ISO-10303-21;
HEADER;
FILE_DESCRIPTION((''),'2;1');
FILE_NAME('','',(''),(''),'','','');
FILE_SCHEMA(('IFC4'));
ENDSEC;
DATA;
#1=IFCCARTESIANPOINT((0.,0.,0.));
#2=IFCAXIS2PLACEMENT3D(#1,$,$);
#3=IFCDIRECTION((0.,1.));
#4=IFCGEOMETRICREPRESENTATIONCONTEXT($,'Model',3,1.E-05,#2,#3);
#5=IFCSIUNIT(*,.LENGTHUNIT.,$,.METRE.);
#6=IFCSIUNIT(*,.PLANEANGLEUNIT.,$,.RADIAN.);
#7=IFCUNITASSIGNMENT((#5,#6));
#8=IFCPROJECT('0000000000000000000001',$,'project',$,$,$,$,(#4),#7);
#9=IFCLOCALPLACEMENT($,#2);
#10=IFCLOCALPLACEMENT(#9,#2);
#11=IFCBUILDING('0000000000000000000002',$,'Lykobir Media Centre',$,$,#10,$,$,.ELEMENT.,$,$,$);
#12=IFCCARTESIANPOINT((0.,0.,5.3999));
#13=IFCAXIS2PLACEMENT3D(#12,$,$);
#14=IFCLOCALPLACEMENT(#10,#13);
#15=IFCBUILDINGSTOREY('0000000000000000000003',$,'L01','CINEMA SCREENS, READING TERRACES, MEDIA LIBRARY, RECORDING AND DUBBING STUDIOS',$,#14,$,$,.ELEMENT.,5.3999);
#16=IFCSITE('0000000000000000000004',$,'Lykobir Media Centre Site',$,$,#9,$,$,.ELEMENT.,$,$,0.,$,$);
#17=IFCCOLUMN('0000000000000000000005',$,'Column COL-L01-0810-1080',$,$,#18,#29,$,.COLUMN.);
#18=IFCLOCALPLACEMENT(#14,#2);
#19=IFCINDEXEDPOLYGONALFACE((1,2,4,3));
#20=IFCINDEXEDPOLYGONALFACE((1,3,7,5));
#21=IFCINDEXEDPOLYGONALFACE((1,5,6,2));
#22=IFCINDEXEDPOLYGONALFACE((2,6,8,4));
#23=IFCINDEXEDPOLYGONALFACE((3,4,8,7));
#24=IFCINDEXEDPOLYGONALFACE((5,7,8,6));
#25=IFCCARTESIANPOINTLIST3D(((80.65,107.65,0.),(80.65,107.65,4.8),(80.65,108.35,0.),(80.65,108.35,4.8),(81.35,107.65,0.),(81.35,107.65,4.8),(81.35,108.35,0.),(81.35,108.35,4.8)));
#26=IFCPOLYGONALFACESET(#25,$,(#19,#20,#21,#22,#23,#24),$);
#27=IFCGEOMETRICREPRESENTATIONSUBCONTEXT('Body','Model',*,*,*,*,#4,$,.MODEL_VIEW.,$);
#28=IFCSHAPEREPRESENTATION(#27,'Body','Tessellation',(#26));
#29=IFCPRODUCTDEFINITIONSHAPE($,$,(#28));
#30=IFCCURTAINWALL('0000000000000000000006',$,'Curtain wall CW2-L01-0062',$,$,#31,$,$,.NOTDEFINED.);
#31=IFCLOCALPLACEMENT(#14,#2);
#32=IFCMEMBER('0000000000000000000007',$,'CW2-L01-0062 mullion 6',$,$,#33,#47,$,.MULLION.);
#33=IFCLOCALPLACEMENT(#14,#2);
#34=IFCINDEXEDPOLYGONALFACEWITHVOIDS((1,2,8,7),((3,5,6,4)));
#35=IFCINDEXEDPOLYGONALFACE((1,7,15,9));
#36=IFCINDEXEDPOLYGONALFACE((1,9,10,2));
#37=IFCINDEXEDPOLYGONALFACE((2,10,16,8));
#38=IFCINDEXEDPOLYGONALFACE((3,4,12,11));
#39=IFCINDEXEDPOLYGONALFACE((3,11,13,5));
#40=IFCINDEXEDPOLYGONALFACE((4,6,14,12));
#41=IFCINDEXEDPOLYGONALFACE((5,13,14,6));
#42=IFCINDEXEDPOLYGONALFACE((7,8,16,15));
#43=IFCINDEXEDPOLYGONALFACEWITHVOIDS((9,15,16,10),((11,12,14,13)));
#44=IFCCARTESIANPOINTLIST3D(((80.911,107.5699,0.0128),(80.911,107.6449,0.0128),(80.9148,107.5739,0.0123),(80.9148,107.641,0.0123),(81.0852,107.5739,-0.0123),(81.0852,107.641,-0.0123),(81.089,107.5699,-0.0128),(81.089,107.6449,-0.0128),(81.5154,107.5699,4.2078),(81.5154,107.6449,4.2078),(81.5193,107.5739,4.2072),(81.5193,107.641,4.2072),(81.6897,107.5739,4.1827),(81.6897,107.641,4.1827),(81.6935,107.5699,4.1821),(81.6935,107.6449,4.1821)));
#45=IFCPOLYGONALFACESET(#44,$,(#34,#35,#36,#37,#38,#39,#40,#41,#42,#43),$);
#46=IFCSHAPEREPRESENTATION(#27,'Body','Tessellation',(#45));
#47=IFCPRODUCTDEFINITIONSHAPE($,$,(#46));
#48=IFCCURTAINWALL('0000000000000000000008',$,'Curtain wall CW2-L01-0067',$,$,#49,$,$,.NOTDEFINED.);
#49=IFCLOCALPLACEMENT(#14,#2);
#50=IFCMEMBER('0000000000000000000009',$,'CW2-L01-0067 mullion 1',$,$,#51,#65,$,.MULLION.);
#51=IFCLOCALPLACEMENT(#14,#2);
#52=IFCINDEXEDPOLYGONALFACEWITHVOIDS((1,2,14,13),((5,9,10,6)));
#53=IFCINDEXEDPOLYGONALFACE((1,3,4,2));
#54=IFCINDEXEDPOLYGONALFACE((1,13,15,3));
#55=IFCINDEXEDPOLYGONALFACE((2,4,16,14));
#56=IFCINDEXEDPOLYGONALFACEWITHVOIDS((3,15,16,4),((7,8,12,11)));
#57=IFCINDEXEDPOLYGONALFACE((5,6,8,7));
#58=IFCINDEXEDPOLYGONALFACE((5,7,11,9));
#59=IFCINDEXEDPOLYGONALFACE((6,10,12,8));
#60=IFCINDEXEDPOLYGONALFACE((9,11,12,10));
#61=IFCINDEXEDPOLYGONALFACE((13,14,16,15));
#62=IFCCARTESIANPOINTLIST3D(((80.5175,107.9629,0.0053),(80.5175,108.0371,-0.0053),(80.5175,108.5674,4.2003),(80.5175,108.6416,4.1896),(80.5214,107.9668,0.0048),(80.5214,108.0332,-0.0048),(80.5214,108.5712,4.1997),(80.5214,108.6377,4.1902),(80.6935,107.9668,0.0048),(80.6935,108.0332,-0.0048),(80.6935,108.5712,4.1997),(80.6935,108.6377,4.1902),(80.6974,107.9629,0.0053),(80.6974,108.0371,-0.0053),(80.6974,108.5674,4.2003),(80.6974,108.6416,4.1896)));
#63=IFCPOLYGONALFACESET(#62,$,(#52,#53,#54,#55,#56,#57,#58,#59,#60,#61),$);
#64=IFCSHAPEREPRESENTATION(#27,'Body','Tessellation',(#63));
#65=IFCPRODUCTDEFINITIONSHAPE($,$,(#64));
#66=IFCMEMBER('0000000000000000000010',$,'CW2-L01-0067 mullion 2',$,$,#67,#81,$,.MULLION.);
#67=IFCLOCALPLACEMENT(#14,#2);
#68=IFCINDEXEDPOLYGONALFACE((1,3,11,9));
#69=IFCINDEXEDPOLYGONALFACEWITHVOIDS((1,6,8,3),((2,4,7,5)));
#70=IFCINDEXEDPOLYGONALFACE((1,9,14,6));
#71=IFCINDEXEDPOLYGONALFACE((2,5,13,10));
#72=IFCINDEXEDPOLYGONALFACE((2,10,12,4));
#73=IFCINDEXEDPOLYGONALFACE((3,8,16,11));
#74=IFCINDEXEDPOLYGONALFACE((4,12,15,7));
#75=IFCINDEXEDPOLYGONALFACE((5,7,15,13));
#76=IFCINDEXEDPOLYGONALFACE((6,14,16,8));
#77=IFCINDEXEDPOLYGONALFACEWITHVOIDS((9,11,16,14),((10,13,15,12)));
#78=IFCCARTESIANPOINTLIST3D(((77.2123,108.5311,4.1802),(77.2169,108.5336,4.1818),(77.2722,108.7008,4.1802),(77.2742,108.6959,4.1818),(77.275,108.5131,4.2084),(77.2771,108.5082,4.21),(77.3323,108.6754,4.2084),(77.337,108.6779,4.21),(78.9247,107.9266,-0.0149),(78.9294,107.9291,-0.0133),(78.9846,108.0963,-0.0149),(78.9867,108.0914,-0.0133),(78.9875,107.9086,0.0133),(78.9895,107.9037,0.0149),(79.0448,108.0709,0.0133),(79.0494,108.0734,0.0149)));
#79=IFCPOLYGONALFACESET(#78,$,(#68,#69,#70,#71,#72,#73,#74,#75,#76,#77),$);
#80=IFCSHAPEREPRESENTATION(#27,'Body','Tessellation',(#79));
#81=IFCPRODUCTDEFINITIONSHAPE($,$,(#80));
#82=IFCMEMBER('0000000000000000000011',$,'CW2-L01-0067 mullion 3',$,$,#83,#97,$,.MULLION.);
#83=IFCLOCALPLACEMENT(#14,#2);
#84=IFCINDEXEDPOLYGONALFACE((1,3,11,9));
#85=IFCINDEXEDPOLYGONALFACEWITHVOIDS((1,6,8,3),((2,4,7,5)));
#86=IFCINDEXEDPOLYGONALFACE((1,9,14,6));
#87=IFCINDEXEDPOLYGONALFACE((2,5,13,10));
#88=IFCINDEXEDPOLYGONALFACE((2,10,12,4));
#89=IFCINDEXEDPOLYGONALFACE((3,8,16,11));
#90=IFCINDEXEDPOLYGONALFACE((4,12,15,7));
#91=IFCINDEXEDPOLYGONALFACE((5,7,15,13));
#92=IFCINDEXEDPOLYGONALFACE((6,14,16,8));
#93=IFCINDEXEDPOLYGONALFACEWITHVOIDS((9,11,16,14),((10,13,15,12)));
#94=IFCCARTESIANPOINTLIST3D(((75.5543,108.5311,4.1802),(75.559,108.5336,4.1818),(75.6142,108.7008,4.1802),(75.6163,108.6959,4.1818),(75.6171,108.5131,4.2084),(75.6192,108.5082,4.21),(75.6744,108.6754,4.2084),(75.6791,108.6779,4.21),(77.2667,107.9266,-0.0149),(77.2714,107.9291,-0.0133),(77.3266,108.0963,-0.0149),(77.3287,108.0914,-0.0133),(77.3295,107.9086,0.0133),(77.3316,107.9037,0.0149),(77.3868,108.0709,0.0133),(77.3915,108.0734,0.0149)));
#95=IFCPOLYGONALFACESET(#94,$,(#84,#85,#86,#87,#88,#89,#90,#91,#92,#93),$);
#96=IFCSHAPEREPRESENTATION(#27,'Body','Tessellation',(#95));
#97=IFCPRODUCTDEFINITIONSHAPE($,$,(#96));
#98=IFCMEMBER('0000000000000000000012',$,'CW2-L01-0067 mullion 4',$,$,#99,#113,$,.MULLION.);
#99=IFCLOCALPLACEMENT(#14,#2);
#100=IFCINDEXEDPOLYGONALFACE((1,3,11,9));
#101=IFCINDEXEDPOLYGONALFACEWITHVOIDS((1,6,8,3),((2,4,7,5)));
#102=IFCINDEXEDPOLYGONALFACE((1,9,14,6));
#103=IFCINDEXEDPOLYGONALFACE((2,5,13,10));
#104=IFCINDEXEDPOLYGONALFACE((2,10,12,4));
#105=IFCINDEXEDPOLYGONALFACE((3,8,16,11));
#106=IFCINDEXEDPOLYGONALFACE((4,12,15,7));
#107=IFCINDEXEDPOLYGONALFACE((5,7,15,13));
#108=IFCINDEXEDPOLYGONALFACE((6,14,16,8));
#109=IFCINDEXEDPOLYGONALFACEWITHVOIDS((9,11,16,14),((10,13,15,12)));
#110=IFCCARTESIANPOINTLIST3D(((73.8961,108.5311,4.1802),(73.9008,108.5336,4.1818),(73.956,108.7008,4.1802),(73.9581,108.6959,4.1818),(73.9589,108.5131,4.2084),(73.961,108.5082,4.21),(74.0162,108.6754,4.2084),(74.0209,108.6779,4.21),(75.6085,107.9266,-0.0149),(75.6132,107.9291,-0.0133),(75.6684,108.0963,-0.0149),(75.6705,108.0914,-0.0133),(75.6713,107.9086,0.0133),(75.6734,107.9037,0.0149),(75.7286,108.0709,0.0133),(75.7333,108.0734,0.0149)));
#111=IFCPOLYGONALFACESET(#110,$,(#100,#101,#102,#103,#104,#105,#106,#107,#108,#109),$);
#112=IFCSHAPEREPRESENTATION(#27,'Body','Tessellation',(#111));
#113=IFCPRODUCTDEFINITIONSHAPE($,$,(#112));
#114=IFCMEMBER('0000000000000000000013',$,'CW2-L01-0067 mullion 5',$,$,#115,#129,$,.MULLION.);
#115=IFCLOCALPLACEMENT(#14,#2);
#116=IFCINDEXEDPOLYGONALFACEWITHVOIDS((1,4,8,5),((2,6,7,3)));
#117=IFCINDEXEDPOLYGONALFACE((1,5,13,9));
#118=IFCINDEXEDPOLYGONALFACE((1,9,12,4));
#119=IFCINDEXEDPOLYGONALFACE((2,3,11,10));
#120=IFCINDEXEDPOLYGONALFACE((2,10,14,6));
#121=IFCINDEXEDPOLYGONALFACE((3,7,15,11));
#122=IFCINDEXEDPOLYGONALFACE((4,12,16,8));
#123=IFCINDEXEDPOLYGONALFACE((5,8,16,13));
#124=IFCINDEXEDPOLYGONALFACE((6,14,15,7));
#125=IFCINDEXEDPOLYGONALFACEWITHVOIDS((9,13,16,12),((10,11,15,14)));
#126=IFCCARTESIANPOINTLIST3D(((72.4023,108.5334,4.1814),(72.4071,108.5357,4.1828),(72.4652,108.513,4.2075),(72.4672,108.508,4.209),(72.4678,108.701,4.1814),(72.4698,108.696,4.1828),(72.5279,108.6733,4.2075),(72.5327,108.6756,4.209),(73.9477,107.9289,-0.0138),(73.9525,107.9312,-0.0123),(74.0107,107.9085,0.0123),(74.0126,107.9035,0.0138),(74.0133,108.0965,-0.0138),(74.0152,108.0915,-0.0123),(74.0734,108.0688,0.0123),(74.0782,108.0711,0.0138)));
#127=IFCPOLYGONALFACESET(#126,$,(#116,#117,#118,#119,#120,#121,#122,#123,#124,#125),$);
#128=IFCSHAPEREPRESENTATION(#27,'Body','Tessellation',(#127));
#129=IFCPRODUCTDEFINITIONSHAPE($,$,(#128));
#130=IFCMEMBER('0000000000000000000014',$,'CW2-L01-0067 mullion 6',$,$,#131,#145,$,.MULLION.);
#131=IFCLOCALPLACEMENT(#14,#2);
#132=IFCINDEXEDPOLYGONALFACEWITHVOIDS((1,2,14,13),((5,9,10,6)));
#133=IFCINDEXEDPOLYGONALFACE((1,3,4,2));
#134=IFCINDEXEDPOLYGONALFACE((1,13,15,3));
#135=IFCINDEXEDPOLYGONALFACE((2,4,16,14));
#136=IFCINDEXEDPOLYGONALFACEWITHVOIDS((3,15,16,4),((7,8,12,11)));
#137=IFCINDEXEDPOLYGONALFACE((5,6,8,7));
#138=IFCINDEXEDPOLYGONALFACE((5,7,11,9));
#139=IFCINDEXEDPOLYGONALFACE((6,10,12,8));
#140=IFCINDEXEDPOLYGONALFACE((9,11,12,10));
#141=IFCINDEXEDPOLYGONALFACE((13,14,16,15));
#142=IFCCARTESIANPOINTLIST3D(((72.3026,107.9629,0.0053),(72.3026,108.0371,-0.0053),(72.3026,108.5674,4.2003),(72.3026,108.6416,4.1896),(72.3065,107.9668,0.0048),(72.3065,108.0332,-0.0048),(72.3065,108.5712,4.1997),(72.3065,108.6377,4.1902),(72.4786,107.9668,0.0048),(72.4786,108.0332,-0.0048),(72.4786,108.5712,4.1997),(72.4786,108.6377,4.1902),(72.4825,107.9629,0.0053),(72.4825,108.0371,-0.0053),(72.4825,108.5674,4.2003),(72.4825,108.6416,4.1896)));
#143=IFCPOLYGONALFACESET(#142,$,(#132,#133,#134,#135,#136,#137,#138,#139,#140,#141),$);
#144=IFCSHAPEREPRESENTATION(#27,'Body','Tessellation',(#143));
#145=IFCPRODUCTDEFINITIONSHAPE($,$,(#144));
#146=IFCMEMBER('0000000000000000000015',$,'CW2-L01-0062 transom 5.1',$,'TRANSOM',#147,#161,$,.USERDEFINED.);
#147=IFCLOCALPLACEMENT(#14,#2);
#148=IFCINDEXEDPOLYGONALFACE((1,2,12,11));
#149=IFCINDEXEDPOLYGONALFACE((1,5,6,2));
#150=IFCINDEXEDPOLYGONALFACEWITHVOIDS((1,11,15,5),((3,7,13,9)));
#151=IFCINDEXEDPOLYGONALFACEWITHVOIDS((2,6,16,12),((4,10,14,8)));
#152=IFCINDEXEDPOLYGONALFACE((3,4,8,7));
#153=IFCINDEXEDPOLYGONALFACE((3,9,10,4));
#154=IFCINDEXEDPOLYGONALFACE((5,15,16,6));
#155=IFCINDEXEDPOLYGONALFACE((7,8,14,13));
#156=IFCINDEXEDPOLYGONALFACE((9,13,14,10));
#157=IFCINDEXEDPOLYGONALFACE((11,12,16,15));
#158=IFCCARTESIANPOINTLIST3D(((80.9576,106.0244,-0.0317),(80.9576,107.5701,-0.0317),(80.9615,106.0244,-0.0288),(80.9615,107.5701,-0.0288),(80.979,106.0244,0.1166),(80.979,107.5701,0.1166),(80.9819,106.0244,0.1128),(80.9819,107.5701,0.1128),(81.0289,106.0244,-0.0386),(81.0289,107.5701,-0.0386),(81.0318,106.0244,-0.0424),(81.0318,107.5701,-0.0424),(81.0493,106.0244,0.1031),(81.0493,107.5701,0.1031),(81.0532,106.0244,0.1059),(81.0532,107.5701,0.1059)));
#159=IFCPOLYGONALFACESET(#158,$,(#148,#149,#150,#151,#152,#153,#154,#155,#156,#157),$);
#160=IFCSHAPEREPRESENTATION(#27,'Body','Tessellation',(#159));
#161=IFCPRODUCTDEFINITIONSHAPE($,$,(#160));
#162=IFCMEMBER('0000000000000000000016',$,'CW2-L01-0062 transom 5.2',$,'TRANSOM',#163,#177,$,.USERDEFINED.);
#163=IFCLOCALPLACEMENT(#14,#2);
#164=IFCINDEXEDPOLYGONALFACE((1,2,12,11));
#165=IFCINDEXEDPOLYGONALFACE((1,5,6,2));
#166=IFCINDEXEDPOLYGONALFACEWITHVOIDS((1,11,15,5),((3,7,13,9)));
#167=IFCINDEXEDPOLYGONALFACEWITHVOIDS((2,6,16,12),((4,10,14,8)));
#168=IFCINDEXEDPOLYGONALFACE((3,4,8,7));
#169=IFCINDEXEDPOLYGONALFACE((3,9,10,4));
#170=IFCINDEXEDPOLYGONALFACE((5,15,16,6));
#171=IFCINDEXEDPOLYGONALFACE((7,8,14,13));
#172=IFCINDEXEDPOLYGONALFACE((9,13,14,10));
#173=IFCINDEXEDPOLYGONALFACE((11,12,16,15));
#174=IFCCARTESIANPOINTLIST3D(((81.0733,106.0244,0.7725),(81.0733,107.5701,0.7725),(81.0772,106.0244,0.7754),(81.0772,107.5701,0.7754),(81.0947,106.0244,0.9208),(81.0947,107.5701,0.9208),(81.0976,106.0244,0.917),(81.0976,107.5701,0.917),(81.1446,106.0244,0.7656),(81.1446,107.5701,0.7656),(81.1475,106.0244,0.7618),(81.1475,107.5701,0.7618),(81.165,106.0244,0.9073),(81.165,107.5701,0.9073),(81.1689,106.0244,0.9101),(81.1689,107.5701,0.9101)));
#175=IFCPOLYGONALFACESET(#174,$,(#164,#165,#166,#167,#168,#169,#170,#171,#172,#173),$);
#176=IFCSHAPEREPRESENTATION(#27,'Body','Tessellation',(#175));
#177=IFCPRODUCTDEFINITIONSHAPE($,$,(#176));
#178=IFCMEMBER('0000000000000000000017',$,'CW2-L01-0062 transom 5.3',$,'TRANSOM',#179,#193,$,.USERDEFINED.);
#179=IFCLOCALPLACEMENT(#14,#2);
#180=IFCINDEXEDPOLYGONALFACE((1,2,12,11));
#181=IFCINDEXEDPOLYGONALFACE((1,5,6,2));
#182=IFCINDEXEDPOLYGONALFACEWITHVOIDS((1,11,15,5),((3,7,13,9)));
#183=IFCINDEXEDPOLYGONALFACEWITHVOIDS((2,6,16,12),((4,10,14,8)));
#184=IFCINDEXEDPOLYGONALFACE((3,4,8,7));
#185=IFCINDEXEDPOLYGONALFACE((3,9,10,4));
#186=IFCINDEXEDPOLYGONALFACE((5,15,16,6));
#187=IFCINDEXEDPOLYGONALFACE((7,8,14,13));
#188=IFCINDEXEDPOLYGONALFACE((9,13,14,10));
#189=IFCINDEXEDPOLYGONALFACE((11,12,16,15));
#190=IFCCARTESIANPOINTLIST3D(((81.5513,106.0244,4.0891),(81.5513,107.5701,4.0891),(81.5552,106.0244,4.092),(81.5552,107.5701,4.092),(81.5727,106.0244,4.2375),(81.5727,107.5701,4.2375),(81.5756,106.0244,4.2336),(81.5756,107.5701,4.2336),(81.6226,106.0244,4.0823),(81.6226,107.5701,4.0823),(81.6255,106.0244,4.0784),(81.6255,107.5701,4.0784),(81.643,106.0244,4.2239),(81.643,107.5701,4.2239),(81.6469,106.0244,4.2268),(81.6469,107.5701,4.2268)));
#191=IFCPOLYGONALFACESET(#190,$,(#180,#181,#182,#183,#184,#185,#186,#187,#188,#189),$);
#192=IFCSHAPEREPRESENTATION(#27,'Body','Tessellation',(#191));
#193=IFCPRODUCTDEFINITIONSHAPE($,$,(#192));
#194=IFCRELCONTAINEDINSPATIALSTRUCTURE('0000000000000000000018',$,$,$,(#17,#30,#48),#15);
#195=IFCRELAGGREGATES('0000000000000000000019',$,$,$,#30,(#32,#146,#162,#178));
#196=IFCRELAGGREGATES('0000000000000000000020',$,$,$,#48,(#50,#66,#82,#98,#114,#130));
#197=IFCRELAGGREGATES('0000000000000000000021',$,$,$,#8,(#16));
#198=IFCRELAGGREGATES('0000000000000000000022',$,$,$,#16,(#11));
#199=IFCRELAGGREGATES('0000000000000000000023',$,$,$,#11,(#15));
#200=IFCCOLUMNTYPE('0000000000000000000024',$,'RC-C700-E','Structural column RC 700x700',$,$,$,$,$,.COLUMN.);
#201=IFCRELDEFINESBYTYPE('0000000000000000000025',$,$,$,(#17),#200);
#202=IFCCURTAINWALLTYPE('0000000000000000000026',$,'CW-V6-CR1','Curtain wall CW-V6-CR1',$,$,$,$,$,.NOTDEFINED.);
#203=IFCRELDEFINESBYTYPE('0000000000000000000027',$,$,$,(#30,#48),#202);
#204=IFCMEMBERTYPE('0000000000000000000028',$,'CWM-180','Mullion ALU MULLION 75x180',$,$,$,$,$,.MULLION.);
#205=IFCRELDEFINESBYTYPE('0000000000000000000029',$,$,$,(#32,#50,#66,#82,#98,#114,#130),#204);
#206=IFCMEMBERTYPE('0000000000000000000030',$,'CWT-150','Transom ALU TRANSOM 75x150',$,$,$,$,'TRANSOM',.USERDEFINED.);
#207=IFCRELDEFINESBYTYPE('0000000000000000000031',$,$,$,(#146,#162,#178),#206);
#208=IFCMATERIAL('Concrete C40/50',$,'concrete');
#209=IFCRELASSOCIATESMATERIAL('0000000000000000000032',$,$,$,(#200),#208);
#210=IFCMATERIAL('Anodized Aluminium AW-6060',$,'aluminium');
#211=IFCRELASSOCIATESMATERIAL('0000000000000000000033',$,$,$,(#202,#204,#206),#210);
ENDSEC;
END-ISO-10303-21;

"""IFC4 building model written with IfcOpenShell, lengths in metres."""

from ifc_helpers import new_model, si_unit, direction, frame, origin, origin_2d, place, context, subcontext, project, spatial, rectangle, hollow_rectangle, extrude, material, material_profile, profile_set, type_object, element, aggregate, save


model = new_model("IFC4")

# Units and contexts
model_context = context("Model", 3, precision=1e-05, world=origin(), true_north=direction((0.0, 1.0)))
body_context = subcontext(model_context, "Body", "Model", "MODEL_VIEW")
ifc_project = project(units=[si_unit("LENGTHUNIT", "METRE"), si_unit("PLANEANGLEUNIT", "RADIAN")], contexts=[model_context])

# Site, building, storey
site_placement = place(None, origin())
site = spatial("IfcSite", under=ifc_project, at=site_placement, Name="Lykobir Media Centre Site", CompositionType="ELEMENT", RefElevation=0.0)
building_placement = place(site_placement, origin())
building = spatial("IfcBuilding", under=site, at=building_placement, Name="Lykobir Media Centre", CompositionType="ELEMENT")
storey_placement = place(building_placement, frame((0.0, 0.0, 5.3999)))
storey = spatial("IfcBuildingStorey", under=building, at=storey_placement, Name="L01", Description="CINEMA SCREENS, READING TERRACES, MEDIA LIBRARY, RECORDING AND DUBBING STUDIOS", CompositionType="ELEMENT", Elevation=5.3999)

# Column
ifc_material_1 = material(Name="Concrete C40/50", Category="concrete")
ifc_material_profile_1 = material_profile(ifc_material_1, rectangle(XDim=0.7, YDim=0.7, at=origin_2d()), Name="RC 700x700")
ifc_profile_set_1 = profile_set([ifc_material_profile_1], Name="Concrete C40/50")
column_type = type_object("IfcColumnType", Name="RC-C700-E", Description="Structural column RC 700x700", PredefinedType="COLUMN", material=ifc_profile_set_1)
column_placement = place(storey_placement, frame((81.0, 108.0, 0.0), z_axis=(0.0, 0.0, 1.0), x_axis=(1.0, 0.0, 0.0)))
element("IfcColumn", 1, at=column_placement, inside=storey, type_object=column_type, Name="Column COL-L01-0810-1080", PredefinedType="COLUMN", context=body_context, shape_type="SweptSolid", body=[
    extrude(rectangle(XDim=0.7, YDim=0.7, at=origin_2d()), origin(), (0.0, 0.0, 1.0), 4.8),
])

# Curtain wall, member
ifc_material_2 = material(Name="Anodized Aluminium AW-6060", Category="aluminium")
curtain_wall_type = type_object("IfcCurtainWallType", Name="CW-V6-CR1", Description="Curtain wall CW-V6-CR1", PredefinedType="NOTDEFINED", material=ifc_material_2)
curtain_wall_1_placement = place(storey_placement, origin())
curtain_wall_1 = element("IfcCurtainWall", 2, at=curtain_wall_1_placement, inside=storey, type_object=curtain_wall_type, Name="Curtain wall CW2-L01-0062", PredefinedType="NOTDEFINED")
ifc_material_profile_2 = material_profile(ifc_material_2, hollow_rectangle(XDim=0.075, YDim=0.1799, WallThickness=0.0039, at=origin_2d()), Name="ALU MULLION 75x180")
ifc_profile_set_2 = profile_set([ifc_material_profile_2], Name="Anodized Aluminium AW-6060")
member_type_1 = type_object("IfcMemberType", Name="CWM-180", Description="Mullion ALU MULLION 75x180", PredefinedType="MULLION", material=ifc_profile_set_2)
member_1_placement = place(storey_placement, frame((81.0, 107.6074, 0.0), z_axis=(0.142623, 0.0, 0.989777), x_axis=(0.0, -1.0, 0.0)))
member_1 = element("IfcMember", 3, at=member_1_placement, type_object=member_type_1, Name="CW2-L01-0062 mullion 6", PredefinedType="MULLION", context=body_context, shape_type="SweptSolid", body=[
    extrude(hollow_rectangle(XDim=0.075, YDim=0.1799, WallThickness=0.0039, at=origin_2d()), origin(), (0.0, 0.0, 1.0), 4.2383),
])

# Curtain wall, members
curtain_wall_2_placement = place(storey_placement, origin())
curtain_wall_2 = element("IfcCurtainWall", 4, at=curtain_wall_2_placement, inside=storey, type_object=curtain_wall_type, Name="Curtain wall CW2-L01-0067", PredefinedType="NOTDEFINED")
member_2_placement = place(storey_placement, frame((80.6074, 108.0, 0.0), z_axis=(0.0, 0.142623, 0.989777), x_axis=(0.0, 0.989777, -0.142623)))
member_2 = element("IfcMember", 5, at=member_2_placement, type_object=member_type_1, Name="CW2-L01-0067 mullion 1", PredefinedType="MULLION", context=body_context, shape_type="SweptSolid", body=[
    extrude(hollow_rectangle(XDim=0.075, YDim=0.1799, WallThickness=0.0039, at=origin_2d()), origin(), (0.0, 0.0, 1.0), 4.2383),
])
member_3_placement = place(storey_placement, frame((78.9871, 108.0, 0.0), z_axis=(-0.374603, 0.132238, 0.917707), x_axis=(-0.865371, 0.305483, -0.397258)))
member_3 = element("IfcMember", 6, at=member_3_placement, type_object=member_type_1, Name="CW2-L01-0067 mullion 2", PredefinedType="MULLION", context=body_context, shape_type="SweptSolid", body=[
    extrude(hollow_rectangle(XDim=0.075, YDim=0.1799, WallThickness=0.0039, at=origin_2d()), origin(), (0.0, 0.0, 1.0), 4.5713),
])
member_4_placement = place(storey_placement, frame((77.3291, 108.0, 0.0), z_axis=(-0.374603, 0.132238, 0.917707), x_axis=(-0.865371, 0.305483, -0.397258)))
member_4 = element("IfcMember", 7, at=member_4_placement, type_object=member_type_1, Name="CW2-L01-0067 mullion 3", PredefinedType="MULLION", context=body_context, shape_type="SweptSolid", body=[
    extrude(hollow_rectangle(XDim=0.075, YDim=0.1799, WallThickness=0.0039, at=origin_2d()), origin(), (0.0, 0.0, 1.0), 4.5713),
])
member_5_placement = place(storey_placement, frame((75.6709, 108.0, 0.0), z_axis=(-0.374603, 0.132238, 0.917707), x_axis=(-0.865371, 0.305483, -0.397258)))
member_5 = element("IfcMember", 8, at=member_5_placement, type_object=member_type_1, Name="CW2-L01-0067 mullion 4", PredefinedType="MULLION", context=body_context, shape_type="SweptSolid", body=[
    extrude(hollow_rectangle(XDim=0.075, YDim=0.1799, WallThickness=0.0039, at=origin_2d()), origin(), (0.0, 0.0, 1.0), 4.5713),
])
member_6_placement = place(storey_placement, frame((74.0129, 108.0, 0.0), z_axis=(-0.34256, 0.133994, 0.929891), x_axis=(-0.865999, 0.338738, -0.367834)))
member_6 = element("IfcMember", 9, at=member_6_placement, type_object=member_type_1, Name="CW2-L01-0067 mullion 5", PredefinedType="MULLION", context=body_context, shape_type="SweptSolid", body=[
    extrude(hollow_rectangle(XDim=0.075, YDim=0.1799, WallThickness=0.0039, at=origin_2d()), origin(), (0.0, 0.0, 1.0), 4.5115),
])
member_7_placement = place(storey_placement, frame((72.3926, 108.0, 0.0), z_axis=(0.0, 0.142623, 0.989777), x_axis=(0.0, 0.989777, -0.142623)))
member_7 = element("IfcMember", 10, at=member_7_placement, type_object=member_type_1, Name="CW2-L01-0067 mullion 6", PredefinedType="MULLION", context=body_context, shape_type="SweptSolid", body=[
    extrude(hollow_rectangle(XDim=0.075, YDim=0.1799, WallThickness=0.0039, at=origin_2d()), origin(), (0.0, 0.0, 1.0), 4.2383),
])

# Members
ifc_material_profile_3 = material_profile(ifc_material_2, hollow_rectangle(XDim=0.075, YDim=0.1499, WallThickness=0.0034, at=origin_2d()), Name="ALU TRANSOM 75x150")
ifc_profile_set_3 = profile_set([ifc_material_profile_3], Name="Anodized Aluminium AW-6060")
member_type_2 = type_object("IfcMemberType", Name="CWT-150", Description="Transom ALU TRANSOM 75x150", ElementType="TRANSOM", PredefinedType="USERDEFINED", material=ifc_profile_set_3)
member_8_placement = place(storey_placement, frame((81.0054, 106.0244, 0.0371), z_axis=(0.0, 1.0, 0.0), x_axis=(-0.989776, 0.0, 0.142629)))
member_8 = element("IfcMember", 11, at=member_8_placement, type_object=member_type_2, Name="CW2-L01-0062 transom 5.1", ObjectType="TRANSOM", PredefinedType="USERDEFINED", context=body_context, shape_type="SweptSolid", body=[
    extrude(hollow_rectangle(XDim=0.075, YDim=0.1499, WallThickness=0.0034, at=origin_2d()), origin(), (0.0, 0.0, 1.0), 1.5457),
])
member_9_placement = place(storey_placement, frame((81.1211, 106.0244, 0.8413), z_axis=(0.0, 1.0, 0.0), x_axis=(-0.989776, 0.0, 0.142629)))
member_9 = element("IfcMember", 12, at=member_9_placement, type_object=member_type_2, Name="CW2-L01-0062 transom 5.2", ObjectType="TRANSOM", PredefinedType="USERDEFINED", context=body_context, shape_type="SweptSolid", body=[
    extrude(hollow_rectangle(XDim=0.075, YDim=0.1499, WallThickness=0.0034, at=origin_2d()), origin(), (0.0, 0.0, 1.0), 1.5457),
])
member_10_placement = place(storey_placement, frame((81.5991, 106.0244, 4.158), z_axis=(0.0, 1.0, 0.0), x_axis=(-0.989776, 0.0, 0.142629)))
member_10 = element("IfcMember", 13, at=member_10_placement, type_object=member_type_2, Name="CW2-L01-0062 transom 5.3", ObjectType="TRANSOM", PredefinedType="USERDEFINED", context=body_context, shape_type="SweptSolid", body=[
    extrude(hollow_rectangle(XDim=0.075, YDim=0.1499, WallThickness=0.0034, at=origin_2d()), origin(), (0.0, 0.0, 1.0), 1.5457),
])

aggregate(curtain_wall_1, [member_1, member_8, member_9, member_10])
aggregate(curtain_wall_2, [member_2, member_3, member_4, member_5, member_6, member_7])

save(model, "model.ifc")
